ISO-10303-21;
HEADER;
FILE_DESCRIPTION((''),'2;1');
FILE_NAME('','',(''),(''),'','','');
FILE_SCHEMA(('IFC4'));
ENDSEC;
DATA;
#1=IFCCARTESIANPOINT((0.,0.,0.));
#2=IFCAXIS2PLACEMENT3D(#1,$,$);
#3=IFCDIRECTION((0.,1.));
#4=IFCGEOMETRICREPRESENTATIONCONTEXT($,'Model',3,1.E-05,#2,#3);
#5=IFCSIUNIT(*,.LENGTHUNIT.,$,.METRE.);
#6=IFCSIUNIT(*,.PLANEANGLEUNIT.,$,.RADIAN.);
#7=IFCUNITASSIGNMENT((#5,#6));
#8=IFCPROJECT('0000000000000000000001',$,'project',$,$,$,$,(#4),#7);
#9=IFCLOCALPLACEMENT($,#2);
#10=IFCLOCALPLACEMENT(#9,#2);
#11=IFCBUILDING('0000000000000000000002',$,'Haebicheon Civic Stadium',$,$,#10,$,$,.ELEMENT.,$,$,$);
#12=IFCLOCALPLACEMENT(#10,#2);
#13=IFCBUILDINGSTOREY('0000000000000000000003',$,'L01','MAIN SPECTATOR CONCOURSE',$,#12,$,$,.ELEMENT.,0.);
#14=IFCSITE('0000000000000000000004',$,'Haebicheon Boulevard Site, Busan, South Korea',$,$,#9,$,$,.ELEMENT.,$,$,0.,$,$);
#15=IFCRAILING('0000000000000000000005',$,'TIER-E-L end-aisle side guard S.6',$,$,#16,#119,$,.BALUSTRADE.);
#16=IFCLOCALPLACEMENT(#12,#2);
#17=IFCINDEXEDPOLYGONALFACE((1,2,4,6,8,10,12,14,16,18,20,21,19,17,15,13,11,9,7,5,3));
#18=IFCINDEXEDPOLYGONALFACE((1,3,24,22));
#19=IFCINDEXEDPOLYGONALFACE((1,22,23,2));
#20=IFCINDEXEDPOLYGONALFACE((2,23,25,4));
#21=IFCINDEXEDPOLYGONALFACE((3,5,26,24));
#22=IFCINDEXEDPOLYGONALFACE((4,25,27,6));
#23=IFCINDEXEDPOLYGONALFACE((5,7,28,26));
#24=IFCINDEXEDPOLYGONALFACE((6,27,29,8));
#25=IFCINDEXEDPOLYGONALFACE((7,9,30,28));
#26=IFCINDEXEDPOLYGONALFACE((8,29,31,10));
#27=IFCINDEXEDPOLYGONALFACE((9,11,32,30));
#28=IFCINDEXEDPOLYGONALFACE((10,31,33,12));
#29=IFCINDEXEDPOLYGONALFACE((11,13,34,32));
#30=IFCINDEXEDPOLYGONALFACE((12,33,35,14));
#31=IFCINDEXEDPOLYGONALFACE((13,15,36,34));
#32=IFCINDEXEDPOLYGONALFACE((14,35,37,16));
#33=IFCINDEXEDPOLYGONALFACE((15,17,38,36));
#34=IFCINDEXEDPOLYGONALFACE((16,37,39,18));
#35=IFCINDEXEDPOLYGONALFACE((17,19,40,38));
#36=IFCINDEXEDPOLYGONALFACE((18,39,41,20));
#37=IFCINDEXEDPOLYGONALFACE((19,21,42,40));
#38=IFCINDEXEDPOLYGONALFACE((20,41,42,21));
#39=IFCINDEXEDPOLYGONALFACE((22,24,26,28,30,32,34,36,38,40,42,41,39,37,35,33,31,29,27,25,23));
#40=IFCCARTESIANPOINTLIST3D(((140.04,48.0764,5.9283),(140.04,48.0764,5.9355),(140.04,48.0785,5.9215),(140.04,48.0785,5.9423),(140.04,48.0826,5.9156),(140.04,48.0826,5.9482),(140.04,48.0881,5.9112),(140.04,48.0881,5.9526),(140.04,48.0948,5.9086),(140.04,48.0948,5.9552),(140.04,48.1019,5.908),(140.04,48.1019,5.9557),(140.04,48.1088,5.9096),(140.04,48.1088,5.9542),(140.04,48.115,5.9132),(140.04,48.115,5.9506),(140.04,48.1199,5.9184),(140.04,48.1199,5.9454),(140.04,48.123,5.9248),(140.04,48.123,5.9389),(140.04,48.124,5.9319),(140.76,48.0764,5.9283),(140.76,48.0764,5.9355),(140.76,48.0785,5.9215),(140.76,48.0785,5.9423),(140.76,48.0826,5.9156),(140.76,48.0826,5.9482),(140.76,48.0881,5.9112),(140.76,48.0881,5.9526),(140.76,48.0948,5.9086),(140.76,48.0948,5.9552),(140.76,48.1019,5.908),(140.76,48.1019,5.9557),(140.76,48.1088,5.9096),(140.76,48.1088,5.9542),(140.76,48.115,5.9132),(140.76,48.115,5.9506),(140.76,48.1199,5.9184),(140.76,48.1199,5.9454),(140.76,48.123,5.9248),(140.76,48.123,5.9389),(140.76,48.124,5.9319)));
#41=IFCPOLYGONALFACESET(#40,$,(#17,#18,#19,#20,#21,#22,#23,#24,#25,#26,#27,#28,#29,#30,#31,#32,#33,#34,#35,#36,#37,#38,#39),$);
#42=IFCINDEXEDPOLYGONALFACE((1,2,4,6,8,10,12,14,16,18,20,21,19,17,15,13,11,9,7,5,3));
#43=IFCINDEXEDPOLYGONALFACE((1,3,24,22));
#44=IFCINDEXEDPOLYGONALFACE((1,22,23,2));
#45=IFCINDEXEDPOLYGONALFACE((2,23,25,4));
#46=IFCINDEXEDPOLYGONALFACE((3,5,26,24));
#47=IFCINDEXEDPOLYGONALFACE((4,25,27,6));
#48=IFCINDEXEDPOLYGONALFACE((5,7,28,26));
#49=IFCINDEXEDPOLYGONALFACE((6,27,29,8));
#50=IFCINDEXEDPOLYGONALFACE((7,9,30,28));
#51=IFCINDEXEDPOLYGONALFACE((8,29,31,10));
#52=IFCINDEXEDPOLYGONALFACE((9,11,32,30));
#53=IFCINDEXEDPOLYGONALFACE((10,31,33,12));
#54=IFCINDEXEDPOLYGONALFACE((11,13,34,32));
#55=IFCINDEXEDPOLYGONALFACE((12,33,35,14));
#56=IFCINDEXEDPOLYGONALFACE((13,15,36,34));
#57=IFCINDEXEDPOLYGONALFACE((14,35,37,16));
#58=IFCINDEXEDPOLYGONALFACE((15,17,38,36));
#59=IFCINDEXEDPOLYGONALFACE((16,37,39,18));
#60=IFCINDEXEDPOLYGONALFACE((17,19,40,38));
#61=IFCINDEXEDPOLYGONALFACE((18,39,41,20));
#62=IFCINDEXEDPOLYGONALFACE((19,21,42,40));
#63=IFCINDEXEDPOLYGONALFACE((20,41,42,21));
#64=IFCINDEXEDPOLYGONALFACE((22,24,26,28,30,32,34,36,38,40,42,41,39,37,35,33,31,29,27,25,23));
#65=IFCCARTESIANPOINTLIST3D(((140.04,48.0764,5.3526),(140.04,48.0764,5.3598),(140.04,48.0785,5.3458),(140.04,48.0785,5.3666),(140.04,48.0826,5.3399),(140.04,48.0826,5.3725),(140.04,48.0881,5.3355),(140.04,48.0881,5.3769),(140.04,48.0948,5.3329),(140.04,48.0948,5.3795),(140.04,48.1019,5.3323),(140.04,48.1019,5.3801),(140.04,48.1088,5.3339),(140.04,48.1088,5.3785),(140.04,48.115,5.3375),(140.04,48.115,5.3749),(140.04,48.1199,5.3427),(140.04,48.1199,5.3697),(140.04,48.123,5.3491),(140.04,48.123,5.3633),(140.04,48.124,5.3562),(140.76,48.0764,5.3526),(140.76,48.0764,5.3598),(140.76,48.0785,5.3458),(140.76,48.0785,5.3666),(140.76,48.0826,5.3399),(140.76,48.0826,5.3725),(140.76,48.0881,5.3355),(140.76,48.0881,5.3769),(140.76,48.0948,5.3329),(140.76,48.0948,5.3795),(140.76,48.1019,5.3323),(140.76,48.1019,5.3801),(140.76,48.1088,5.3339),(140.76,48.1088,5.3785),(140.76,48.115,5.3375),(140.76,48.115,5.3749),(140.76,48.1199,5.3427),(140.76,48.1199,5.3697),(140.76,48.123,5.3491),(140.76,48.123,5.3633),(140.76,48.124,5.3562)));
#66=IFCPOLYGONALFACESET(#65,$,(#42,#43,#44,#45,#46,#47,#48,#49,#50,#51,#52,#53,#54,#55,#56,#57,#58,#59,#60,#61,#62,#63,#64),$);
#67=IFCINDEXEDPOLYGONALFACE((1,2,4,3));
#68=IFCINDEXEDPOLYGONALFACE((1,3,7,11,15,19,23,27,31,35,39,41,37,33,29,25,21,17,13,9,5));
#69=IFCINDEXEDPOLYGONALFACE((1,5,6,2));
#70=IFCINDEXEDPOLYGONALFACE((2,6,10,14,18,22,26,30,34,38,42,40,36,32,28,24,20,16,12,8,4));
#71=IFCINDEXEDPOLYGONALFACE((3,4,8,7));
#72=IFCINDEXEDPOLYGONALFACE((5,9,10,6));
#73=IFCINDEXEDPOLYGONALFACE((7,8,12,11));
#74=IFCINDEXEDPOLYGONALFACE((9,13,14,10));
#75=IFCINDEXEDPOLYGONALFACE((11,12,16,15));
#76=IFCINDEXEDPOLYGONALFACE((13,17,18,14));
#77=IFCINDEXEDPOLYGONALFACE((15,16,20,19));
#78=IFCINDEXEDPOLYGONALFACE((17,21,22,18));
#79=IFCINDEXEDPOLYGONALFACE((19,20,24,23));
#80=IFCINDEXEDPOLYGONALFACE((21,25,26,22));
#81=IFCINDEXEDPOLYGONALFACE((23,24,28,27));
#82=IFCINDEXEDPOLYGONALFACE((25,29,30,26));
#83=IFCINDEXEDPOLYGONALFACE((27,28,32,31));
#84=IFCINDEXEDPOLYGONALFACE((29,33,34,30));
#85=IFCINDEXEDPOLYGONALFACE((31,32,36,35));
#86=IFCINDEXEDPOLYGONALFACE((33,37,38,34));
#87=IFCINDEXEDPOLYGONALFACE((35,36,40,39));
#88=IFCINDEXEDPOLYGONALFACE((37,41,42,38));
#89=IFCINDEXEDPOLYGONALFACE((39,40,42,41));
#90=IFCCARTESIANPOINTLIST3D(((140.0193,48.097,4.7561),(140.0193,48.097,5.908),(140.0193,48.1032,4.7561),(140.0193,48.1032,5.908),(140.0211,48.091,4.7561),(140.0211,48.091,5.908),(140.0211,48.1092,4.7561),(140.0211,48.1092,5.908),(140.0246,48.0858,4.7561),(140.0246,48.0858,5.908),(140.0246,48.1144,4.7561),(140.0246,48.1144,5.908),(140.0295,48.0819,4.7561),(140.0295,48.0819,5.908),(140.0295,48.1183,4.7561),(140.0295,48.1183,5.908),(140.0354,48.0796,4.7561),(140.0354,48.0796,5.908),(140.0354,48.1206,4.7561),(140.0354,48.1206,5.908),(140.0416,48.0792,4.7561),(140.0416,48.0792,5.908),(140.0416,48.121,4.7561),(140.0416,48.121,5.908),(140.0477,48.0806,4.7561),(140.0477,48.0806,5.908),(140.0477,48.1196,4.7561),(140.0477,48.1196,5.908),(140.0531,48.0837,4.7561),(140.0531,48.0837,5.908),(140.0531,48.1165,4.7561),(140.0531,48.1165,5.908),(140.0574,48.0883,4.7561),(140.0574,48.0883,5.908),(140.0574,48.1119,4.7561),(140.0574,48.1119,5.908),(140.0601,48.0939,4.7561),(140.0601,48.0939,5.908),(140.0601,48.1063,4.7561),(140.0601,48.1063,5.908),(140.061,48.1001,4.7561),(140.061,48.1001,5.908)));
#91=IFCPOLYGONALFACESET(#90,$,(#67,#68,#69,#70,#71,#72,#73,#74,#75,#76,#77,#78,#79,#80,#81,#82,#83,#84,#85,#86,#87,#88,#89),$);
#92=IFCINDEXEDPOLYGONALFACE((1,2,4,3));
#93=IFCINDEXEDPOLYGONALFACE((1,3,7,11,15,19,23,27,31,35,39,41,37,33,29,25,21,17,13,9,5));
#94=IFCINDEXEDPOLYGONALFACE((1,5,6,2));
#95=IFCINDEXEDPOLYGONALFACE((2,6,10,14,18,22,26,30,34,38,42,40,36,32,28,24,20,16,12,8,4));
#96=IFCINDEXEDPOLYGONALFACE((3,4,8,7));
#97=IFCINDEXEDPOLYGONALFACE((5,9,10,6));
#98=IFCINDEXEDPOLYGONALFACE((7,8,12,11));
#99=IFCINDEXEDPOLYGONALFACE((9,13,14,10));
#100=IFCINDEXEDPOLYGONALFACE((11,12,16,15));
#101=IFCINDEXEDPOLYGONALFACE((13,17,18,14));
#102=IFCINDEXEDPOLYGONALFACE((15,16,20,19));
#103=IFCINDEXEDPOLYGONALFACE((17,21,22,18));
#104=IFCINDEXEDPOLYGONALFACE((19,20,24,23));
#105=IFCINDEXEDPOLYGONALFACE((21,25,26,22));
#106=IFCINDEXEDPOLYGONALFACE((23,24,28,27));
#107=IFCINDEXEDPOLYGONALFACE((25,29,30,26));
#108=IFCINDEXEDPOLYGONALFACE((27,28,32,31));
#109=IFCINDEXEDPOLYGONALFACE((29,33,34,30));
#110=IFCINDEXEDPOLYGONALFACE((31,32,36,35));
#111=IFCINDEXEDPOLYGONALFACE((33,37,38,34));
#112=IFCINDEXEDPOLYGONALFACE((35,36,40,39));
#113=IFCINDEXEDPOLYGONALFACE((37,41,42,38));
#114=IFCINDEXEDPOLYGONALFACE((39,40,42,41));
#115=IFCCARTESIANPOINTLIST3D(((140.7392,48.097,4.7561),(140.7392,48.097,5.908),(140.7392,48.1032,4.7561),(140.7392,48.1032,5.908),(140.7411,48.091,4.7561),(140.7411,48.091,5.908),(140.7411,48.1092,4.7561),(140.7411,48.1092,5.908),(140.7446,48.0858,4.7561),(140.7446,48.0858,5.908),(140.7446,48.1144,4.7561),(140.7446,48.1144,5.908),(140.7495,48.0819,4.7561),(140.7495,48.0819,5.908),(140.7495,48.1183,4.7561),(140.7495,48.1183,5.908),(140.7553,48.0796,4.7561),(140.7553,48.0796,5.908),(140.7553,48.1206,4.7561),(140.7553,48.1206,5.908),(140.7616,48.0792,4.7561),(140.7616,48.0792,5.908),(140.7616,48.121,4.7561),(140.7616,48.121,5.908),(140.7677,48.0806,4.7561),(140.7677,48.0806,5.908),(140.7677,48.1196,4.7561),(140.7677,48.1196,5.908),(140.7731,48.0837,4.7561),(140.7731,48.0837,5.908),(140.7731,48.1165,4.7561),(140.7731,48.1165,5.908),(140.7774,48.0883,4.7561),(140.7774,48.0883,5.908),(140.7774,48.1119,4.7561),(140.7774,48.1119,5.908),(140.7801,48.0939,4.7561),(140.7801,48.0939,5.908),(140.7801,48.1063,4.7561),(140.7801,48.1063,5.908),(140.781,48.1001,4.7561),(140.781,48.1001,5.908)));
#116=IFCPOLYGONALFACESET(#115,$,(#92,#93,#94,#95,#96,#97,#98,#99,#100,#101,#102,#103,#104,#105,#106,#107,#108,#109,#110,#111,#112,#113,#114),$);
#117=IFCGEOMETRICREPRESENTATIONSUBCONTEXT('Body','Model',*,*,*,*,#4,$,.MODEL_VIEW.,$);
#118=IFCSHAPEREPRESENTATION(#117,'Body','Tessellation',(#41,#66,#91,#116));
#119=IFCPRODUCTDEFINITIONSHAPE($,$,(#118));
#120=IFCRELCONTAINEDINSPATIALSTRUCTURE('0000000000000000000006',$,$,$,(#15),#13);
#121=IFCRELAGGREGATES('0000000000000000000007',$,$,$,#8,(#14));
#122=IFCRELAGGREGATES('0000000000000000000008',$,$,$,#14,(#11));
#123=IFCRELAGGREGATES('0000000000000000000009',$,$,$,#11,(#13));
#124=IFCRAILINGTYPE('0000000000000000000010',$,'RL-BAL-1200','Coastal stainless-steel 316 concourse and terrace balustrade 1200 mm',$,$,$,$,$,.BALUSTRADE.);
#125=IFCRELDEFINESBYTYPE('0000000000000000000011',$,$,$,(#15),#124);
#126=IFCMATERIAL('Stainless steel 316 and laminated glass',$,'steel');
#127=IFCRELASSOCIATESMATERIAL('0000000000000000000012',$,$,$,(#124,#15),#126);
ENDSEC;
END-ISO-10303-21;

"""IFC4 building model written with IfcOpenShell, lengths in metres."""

from ifc_helpers import new_model, si_unit, direction, frame, origin, origin_2d, place, context, subcontext, project, spatial, circle, extrude, material, type_object, element, save


model = new_model("IFC4")

# Units and contexts
model_context = context("Model", 3, precision=1e-05, world=origin(), true_north=direction((0.0, 1.0)))
body_context = subcontext(model_context, "Body", "Model", "MODEL_VIEW")
ifc_project = project(units=[si_unit("LENGTHUNIT", "METRE"), si_unit("PLANEANGLEUNIT", "RADIAN")], contexts=[model_context])

# Site, building, storey
site_placement = place(None, origin())
site = spatial("IfcSite", under=ifc_project, at=site_placement, Name="Haebicheon Boulevard Site, Busan, South Korea", CompositionType="ELEMENT", RefElevation=0.0)
building_placement = place(site_placement, origin())
building = spatial("IfcBuilding", under=site, at=building_placement, Name="Haebicheon Civic Stadium", CompositionType="ELEMENT")
storey_placement = place(building_placement, origin())
storey = spatial("IfcBuildingStorey", under=building, at=storey_placement, Name="L01", Description="MAIN SPECTATOR CONCOURSE", CompositionType="ELEMENT", Elevation=0.0)

# Railing
ifc_material_1 = material(Name="Stainless steel 316 and laminated glass", Category="steel")
railing_type = type_object("IfcRailingType", Name="RL-BAL-1200", Description="Coastal stainless-steel 316 concourse and terrace balustrade 1200 mm", PredefinedType="BALUSTRADE", material=ifc_material_1)
for number, where, name in (
    (1, (140.04, 48.1001, 4.7561), "TIER-E-L end-aisle side guard S.6"),
):
    element("IfcRailing", number, at=place(storey_placement, frame(where)), inside=storey, type_object=railing_type, material=ifc_material_1, Name=name, PredefinedType="BALUSTRADE", context=body_context, shape_type="SweptSolid", body=[
        extrude(circle(Radius=0.0239, at=origin_2d()), frame((0.0, 0.0, 1.1758), z_axis=(1.0, 0.0, 0.0), x_axis=(0.0, 1.0, 0.0)), (0.0, 0.0, 1.0), 0.72),
        extrude(circle(Radius=0.0239, at=origin_2d()), frame((0.0, 0.0, 0.6001), z_axis=(1.0, 0.0, 0.0), x_axis=(0.0, 1.0, 0.0)), (0.0, 0.0, 1.0), 0.72),
        extrude(circle(Radius=0.021, at=origin_2d()), origin(), (0.0, 0.0, 1.0), 1.1519),
        extrude(circle(Radius=0.021, at=origin_2d()), frame((0.72, 0.0, 0.0)), (0.0, 0.0, 1.0), 1.1519),
    ])

save(model, "model.ifc")
